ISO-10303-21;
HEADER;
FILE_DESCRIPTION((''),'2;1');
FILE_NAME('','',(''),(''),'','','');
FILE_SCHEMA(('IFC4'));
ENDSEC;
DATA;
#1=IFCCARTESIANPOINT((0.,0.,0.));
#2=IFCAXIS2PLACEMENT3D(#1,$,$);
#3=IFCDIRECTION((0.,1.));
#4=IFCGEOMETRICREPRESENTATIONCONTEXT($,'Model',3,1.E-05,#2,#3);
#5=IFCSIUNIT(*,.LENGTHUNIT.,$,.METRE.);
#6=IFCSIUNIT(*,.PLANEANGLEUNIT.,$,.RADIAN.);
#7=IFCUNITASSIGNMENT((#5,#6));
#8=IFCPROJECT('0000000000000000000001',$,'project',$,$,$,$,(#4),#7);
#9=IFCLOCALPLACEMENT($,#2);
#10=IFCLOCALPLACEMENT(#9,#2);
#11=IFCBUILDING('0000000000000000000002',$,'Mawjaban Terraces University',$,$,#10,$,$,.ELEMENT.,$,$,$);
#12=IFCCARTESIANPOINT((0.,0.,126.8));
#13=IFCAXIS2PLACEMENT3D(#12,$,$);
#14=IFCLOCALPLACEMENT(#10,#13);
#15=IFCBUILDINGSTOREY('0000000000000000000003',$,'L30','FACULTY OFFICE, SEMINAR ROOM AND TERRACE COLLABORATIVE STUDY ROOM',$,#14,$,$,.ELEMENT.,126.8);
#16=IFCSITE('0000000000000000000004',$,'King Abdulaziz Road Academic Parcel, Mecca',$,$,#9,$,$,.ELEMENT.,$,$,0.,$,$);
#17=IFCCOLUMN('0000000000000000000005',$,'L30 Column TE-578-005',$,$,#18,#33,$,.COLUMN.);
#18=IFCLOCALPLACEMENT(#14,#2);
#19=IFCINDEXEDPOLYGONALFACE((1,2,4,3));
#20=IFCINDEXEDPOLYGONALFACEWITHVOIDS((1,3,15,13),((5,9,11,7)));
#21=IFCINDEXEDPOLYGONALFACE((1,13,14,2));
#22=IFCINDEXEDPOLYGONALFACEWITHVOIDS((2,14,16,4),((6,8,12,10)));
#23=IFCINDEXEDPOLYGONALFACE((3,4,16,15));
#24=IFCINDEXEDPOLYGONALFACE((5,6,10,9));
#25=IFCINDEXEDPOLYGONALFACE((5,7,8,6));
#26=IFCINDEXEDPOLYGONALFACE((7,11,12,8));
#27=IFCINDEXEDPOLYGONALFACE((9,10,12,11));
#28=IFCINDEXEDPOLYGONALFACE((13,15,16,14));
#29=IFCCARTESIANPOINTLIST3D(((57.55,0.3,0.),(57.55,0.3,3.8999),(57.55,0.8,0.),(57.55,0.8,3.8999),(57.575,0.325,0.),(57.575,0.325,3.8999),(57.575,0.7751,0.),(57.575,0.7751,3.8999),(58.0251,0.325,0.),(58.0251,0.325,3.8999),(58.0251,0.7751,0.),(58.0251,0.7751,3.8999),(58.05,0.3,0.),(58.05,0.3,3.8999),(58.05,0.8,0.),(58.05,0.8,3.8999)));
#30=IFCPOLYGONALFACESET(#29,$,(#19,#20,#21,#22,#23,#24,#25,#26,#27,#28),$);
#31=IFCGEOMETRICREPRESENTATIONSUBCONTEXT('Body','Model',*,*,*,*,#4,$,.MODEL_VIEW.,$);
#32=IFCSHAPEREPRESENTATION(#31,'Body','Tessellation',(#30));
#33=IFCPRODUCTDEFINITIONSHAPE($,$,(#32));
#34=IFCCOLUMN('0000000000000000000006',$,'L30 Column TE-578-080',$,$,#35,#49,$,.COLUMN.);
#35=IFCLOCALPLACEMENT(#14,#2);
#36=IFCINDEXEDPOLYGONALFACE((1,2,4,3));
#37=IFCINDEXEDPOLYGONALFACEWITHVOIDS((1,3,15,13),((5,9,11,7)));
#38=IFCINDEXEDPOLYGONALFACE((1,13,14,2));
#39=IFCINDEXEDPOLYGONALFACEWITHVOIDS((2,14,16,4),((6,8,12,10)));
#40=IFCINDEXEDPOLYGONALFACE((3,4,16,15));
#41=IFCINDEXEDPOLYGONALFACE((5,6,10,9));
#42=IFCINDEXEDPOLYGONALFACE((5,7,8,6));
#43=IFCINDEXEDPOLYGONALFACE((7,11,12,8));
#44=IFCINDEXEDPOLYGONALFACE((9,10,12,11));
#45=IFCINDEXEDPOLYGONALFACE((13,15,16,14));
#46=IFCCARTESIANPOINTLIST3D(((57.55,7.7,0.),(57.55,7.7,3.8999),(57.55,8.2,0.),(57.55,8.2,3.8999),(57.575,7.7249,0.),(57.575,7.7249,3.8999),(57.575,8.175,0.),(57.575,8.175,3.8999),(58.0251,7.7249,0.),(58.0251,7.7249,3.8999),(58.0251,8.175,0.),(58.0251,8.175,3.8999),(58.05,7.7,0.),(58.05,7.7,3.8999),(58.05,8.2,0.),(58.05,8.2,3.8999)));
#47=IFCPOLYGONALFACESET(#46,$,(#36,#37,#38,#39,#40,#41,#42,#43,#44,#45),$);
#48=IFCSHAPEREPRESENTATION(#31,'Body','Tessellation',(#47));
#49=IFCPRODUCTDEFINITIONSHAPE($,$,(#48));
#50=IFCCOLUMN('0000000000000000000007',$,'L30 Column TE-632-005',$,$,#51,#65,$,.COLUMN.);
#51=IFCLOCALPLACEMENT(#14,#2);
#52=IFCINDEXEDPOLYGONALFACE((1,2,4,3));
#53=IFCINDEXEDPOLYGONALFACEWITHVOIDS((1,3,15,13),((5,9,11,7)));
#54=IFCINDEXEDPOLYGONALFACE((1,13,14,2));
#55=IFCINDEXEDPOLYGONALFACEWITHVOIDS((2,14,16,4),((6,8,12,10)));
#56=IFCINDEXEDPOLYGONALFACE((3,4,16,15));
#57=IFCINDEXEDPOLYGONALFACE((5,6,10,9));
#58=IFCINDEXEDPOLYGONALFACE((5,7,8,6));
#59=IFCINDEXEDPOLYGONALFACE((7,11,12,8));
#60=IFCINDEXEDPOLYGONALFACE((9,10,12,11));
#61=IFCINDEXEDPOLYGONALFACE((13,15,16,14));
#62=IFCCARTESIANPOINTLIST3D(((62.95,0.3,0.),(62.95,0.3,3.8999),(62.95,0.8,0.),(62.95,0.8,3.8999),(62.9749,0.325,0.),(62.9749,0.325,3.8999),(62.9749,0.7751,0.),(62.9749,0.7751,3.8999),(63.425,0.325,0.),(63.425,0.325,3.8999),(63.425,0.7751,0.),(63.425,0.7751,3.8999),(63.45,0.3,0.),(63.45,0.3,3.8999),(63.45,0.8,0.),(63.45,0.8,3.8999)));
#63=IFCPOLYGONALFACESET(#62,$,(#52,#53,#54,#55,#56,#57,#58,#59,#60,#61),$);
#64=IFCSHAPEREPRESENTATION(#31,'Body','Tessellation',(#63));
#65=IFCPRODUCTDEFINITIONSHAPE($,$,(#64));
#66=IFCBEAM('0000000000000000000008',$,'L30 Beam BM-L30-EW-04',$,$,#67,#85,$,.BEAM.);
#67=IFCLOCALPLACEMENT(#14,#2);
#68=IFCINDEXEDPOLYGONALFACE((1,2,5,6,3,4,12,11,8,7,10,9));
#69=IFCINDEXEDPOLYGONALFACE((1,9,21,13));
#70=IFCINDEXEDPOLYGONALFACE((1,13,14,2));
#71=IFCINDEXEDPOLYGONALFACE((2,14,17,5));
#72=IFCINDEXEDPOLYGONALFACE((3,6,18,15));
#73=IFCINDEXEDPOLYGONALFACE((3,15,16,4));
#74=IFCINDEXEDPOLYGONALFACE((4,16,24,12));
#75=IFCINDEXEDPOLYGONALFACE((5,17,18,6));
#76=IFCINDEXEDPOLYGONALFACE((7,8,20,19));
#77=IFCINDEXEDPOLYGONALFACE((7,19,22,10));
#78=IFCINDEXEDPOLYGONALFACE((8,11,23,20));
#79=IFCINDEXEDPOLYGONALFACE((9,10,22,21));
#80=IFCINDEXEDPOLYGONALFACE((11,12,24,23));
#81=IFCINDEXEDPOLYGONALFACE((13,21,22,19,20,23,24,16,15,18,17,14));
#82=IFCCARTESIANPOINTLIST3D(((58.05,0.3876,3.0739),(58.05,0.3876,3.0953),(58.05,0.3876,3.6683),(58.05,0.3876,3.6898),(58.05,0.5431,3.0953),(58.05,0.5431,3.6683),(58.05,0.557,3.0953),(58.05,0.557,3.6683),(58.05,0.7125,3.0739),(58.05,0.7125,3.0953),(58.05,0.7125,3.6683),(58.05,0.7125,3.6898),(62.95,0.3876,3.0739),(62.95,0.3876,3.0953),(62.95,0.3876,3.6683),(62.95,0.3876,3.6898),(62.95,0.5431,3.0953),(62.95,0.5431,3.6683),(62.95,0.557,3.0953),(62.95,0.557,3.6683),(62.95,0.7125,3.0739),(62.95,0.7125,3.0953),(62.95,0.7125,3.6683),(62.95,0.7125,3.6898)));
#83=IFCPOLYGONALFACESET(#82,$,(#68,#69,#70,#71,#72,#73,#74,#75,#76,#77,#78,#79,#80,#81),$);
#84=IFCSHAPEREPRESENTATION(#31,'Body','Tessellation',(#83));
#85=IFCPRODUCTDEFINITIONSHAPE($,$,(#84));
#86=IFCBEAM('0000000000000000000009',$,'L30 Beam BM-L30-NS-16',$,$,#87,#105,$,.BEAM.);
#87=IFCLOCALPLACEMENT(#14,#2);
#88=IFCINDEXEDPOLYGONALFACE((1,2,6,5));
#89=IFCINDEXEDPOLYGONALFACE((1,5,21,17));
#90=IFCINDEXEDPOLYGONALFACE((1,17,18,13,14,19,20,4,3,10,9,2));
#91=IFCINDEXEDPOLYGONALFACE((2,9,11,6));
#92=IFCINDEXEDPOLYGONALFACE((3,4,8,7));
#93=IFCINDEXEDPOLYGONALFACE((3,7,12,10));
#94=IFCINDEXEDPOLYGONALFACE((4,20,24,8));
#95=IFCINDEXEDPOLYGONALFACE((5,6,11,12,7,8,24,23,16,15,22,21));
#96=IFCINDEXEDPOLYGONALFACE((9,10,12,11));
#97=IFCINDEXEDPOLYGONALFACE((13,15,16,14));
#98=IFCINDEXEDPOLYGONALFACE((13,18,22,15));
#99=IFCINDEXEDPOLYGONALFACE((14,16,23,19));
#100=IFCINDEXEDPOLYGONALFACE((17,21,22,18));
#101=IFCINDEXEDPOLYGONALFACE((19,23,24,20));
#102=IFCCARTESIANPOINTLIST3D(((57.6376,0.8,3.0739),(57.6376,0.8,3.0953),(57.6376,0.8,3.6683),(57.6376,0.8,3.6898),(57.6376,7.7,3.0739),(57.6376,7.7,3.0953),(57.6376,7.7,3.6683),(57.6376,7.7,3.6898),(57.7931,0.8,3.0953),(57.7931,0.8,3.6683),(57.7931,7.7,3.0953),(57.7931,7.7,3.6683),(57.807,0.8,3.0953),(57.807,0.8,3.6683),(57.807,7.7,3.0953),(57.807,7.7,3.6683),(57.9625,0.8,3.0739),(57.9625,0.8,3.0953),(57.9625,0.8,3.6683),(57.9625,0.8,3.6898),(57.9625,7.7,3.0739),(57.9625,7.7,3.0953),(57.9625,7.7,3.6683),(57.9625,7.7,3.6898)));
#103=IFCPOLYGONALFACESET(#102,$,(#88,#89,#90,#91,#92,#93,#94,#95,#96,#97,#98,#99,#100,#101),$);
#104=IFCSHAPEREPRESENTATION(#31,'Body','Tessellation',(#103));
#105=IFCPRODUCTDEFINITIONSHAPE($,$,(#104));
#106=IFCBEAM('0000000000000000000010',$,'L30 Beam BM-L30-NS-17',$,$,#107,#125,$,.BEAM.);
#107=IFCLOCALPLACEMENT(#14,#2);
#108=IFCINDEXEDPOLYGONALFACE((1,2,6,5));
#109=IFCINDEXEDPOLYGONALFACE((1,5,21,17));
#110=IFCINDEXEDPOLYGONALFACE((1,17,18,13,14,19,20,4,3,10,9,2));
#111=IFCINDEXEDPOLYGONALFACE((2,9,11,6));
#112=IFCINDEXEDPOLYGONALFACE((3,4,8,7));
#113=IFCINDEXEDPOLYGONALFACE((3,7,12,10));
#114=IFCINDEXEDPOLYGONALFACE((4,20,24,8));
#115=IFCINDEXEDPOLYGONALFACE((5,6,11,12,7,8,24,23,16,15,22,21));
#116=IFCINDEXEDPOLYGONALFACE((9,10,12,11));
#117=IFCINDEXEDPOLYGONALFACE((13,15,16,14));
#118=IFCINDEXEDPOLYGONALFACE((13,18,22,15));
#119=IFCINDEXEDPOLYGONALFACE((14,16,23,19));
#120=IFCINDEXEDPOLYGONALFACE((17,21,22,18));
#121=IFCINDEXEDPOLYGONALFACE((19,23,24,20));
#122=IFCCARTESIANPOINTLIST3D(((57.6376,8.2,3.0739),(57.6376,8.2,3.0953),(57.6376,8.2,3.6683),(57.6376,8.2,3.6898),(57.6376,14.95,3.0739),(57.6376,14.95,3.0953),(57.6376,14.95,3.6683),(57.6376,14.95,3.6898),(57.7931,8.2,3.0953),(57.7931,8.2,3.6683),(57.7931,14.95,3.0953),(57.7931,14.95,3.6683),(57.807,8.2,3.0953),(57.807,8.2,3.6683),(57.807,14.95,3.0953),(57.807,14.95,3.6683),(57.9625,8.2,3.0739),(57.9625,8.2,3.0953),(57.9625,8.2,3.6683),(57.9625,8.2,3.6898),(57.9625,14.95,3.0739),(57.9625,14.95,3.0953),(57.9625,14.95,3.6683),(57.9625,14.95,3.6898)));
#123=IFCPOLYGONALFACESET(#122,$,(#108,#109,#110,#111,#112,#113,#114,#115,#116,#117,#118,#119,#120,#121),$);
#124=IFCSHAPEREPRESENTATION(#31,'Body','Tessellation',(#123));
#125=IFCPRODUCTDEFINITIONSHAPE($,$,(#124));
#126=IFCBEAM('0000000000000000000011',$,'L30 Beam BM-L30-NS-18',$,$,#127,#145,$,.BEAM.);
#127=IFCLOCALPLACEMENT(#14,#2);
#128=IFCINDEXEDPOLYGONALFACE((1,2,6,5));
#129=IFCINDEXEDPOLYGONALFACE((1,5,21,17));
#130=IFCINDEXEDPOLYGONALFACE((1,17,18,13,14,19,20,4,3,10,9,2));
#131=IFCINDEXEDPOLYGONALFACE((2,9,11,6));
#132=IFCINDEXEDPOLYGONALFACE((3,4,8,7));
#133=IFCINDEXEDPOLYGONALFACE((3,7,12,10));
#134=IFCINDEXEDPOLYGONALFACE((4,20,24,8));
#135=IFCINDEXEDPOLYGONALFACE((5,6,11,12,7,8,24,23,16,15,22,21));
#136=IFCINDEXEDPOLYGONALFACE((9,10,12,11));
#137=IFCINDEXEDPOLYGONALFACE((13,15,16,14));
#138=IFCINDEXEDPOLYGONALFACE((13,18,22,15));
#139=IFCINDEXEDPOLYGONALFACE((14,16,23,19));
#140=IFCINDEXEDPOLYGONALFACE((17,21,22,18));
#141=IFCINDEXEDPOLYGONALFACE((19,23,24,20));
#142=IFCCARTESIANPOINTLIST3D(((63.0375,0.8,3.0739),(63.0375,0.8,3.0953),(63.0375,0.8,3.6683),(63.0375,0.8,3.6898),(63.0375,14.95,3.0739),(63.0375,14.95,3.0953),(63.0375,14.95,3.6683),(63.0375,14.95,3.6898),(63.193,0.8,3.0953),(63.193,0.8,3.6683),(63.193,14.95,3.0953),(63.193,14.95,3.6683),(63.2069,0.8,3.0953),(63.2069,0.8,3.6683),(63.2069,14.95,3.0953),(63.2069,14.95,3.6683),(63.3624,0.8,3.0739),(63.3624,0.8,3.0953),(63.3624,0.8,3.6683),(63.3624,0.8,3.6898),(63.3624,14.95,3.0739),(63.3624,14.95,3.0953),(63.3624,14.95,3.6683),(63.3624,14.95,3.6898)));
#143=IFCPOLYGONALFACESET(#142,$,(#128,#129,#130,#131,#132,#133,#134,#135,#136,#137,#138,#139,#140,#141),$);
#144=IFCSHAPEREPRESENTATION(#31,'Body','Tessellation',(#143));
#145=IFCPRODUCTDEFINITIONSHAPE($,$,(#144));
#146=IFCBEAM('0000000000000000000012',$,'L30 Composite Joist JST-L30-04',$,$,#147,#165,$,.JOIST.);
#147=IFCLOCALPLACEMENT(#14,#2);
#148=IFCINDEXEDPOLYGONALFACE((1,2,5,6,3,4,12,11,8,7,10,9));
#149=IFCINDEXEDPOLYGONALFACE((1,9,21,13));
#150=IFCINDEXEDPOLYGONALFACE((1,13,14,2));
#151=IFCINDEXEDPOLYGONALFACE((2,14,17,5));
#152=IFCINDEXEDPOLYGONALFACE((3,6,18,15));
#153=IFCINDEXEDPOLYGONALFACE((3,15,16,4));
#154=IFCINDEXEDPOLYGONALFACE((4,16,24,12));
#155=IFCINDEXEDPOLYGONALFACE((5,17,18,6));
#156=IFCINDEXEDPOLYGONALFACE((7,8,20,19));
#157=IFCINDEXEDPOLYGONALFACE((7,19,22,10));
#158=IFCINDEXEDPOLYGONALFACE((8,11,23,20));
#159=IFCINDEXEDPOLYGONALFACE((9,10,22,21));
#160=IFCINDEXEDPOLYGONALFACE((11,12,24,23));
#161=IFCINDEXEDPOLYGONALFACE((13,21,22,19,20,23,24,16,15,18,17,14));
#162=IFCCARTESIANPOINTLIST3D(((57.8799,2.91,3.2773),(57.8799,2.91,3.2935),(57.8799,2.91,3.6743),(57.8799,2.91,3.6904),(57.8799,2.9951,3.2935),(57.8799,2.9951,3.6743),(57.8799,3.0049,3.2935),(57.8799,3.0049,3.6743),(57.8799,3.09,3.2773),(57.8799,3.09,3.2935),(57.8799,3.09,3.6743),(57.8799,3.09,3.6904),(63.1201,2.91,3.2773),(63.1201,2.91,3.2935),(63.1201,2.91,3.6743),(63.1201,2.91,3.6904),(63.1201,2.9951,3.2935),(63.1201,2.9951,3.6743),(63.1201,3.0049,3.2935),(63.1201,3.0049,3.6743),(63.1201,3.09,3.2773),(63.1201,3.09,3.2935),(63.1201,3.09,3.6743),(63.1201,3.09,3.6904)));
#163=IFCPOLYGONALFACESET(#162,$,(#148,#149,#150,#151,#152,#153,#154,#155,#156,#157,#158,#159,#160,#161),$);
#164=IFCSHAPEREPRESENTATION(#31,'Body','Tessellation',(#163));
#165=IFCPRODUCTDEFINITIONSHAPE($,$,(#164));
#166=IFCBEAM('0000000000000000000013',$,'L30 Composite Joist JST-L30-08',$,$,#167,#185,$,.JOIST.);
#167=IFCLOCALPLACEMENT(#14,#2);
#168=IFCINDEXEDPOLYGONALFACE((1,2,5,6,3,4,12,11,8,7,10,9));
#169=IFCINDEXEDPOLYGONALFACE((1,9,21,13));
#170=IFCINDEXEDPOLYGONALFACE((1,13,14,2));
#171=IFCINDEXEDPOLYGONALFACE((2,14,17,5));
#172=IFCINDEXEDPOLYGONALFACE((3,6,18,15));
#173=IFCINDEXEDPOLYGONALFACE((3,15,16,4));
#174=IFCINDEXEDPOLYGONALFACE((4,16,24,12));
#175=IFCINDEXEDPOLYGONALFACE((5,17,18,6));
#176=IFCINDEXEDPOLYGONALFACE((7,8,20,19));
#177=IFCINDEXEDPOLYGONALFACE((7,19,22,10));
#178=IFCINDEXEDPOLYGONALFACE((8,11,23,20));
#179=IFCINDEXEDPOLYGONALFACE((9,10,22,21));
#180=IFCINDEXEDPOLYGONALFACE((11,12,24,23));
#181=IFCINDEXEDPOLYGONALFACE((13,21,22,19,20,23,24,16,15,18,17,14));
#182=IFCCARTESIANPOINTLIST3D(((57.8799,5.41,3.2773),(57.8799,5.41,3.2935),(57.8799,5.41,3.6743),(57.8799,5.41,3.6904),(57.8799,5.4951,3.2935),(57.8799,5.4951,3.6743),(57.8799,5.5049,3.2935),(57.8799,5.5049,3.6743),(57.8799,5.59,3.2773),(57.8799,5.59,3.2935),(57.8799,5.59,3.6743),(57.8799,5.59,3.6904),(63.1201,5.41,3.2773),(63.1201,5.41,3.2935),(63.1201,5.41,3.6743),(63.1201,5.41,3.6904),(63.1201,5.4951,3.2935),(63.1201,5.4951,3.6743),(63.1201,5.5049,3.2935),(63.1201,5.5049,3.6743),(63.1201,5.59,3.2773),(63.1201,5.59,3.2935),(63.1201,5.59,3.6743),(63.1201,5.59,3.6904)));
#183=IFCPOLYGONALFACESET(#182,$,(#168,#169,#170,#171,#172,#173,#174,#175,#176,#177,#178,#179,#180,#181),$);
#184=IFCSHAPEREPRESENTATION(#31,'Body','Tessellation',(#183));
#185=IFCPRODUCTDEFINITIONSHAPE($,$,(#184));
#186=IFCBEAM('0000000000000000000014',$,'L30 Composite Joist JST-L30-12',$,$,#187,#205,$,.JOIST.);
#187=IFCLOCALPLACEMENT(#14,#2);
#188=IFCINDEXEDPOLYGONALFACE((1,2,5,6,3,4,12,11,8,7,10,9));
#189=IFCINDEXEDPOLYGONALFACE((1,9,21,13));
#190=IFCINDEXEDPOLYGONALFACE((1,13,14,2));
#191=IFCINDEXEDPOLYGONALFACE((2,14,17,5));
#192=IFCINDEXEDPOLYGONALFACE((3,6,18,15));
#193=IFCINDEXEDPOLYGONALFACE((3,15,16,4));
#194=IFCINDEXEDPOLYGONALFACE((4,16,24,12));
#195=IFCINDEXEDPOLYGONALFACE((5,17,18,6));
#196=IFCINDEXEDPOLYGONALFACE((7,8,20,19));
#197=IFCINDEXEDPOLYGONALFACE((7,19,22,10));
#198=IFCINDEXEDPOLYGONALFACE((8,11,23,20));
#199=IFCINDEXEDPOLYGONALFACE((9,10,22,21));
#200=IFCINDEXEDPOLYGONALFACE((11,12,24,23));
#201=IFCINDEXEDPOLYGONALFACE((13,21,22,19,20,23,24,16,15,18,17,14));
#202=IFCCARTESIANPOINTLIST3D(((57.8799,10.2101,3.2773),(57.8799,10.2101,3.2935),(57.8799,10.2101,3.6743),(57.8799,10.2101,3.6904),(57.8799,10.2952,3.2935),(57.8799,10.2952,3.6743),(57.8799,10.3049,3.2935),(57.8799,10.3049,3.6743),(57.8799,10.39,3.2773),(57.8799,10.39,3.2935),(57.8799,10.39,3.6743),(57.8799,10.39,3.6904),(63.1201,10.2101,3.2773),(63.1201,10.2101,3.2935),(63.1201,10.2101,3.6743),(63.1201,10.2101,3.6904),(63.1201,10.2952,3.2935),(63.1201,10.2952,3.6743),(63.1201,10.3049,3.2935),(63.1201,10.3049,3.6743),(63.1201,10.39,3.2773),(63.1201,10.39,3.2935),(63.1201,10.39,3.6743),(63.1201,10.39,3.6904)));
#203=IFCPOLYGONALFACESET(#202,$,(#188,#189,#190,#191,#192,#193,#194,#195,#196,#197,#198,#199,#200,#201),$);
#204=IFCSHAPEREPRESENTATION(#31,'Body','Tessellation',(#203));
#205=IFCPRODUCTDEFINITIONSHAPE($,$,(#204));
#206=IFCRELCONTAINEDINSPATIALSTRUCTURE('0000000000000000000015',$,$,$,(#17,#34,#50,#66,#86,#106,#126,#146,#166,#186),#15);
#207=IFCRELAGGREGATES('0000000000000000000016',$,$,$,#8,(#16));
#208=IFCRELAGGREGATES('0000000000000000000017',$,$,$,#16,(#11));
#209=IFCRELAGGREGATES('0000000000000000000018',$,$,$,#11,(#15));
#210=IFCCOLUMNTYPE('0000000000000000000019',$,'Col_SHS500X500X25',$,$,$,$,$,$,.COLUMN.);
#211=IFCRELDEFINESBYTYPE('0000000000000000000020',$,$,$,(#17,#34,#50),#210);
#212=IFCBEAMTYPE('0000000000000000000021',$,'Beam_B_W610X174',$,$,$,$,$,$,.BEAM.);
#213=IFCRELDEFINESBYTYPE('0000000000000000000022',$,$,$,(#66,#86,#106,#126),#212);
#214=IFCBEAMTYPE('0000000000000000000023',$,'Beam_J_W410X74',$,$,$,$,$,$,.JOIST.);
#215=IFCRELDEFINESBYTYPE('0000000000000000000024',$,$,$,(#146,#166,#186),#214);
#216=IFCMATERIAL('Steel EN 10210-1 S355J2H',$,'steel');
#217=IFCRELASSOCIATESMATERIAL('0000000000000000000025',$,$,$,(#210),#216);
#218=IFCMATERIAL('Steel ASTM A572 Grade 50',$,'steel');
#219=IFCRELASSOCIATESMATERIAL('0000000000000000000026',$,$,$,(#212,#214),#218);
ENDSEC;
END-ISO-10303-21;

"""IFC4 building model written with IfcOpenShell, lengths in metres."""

from ifc_helpers import new_model, si_unit, direction, frame, origin, origin_2d, place, context, subcontext, project, spatial, hollow_rectangle, i_section, extrude, material, material_profile, profile_set, type_object, element, save


model = new_model("IFC4")

# Units and contexts
model_context = context("Model", 3, precision=1e-05, world=origin(), true_north=direction((0.0, 1.0)))
body_context = subcontext(model_context, "Body", "Model", "MODEL_VIEW")
ifc_project = project(units=[si_unit("LENGTHUNIT", "METRE"), si_unit("PLANEANGLEUNIT", "RADIAN")], contexts=[model_context])

# Site, building, storey
site_placement = place(None, origin())
site = spatial("IfcSite", under=ifc_project, at=site_placement, Name="King Abdulaziz Road Academic Parcel, Mecca", CompositionType="ELEMENT", RefElevation=0.0)
building_placement = place(site_placement, origin())
building = spatial("IfcBuilding", under=site, at=building_placement, Name="Mawjaban Terraces University", CompositionType="ELEMENT")
storey_placement = place(building_placement, frame((0.0, 0.0, 126.8)))
storey = spatial("IfcBuildingStorey", under=building, at=storey_placement, Name="L30", Description="FACULTY OFFICE, SEMINAR ROOM AND TERRACE COLLABORATIVE STUDY ROOM", CompositionType="ELEMENT", Elevation=126.8)

# Columns
ifc_material_1 = material(Name="Steel EN 10210-1 S355J2H", Category="steel")
ifc_material_profile_1 = material_profile(ifc_material_1, hollow_rectangle(XDim=0.5, YDim=0.5, WallThickness=0.0249, at=origin_2d()), Name="SHS500X500X25")
ifc_profile_set_1 = profile_set([ifc_material_profile_1], Name="Steel EN 10210-1 S355J2H")
column_type = type_object("IfcColumnType", Name="Col_SHS500X500X25", PredefinedType="COLUMN", material=ifc_profile_set_1)
for number, where, z_axis, x_axis, name in (
    (1, (57.8, 0.55, 0.0), (0.0, 0.0, 1.0), (1.0, 0.0, 0.0), "L30 Column TE-578-005"),
    (2, (57.8, 7.95, 0.0), (0.0, 0.0, 1.0), (1.0, 0.0, 0.0), "L30 Column TE-578-080"),
    (3, (63.2, 0.55, 0.0), (0.0, 0.0, 1.0), (1.0, 0.0, 0.0), "L30 Column TE-632-005"),
):
    element("IfcColumn", number, at=place(storey_placement, frame(where, z_axis=z_axis, x_axis=x_axis)), inside=storey, type_object=column_type, Name=name, PredefinedType="COLUMN", context=body_context, shape_type="SweptSolid", body=[
        extrude(hollow_rectangle(XDim=0.5, YDim=0.5, WallThickness=0.0249, at=origin_2d()), origin(), (0.0, 0.0, 1.0), 3.8999),
    ])

# Beams
ifc_material_2 = material(Name="Steel ASTM A572 Grade 50", Category="steel")
ifc_material_profile_2 = material_profile(ifc_material_2, i_section(OverallWidth=0.325, OverallDepth=0.616, WebThickness=0.0139, FlangeThickness=0.0215, at=origin_2d()), Name="W610X174")
ifc_profile_set_2 = profile_set([ifc_material_profile_2], Name="Steel ASTM A572 Grade 50")
beam_type_1 = type_object("IfcBeamType", Name="Beam_B_W610X174", PredefinedType="BEAM", material=ifc_profile_set_2)
beam_1_placement = place(storey_placement, frame((58.05, 0.55, 3.3818), z_axis=(1.0, 0.0, 0.0), x_axis=(0.0, 1.0, 0.0)))
element("IfcBeam", 4, at=beam_1_placement, inside=storey, type_object=beam_type_1, Name="L30 Beam BM-L30-EW-04", PredefinedType="BEAM", context=body_context, shape_type="SweptSolid", body=[
    extrude(i_section(OverallWidth=0.325, OverallDepth=0.616, WebThickness=0.0139, FlangeThickness=0.0215, at=origin_2d()), origin(), (0.0, 0.0, 1.0), 4.8999),
])
beam_2_placement = place(storey_placement, frame((57.8, 0.8, 3.3818), z_axis=(0.0, 1.0, 0.0), x_axis=(-1.0, 0.0, 0.0)))
element("IfcBeam", 5, at=beam_2_placement, inside=storey, type_object=beam_type_1, Name="L30 Beam BM-L30-NS-16", PredefinedType="BEAM", context=body_context, shape_type="SweptSolid", body=[
    extrude(i_section(OverallWidth=0.325, OverallDepth=0.616, WebThickness=0.0139, FlangeThickness=0.0215, at=origin_2d()), origin(), (0.0, 0.0, 1.0), 6.8999),
])
beam_3_placement = place(storey_placement, frame((57.8, 8.2, 3.3818), z_axis=(0.0, 1.0, 0.0), x_axis=(-1.0, 0.0, 0.0)))
element("IfcBeam", 6, at=beam_3_placement, inside=storey, type_object=beam_type_1, Name="L30 Beam BM-L30-NS-17", PredefinedType="BEAM", context=body_context, shape_type="SweptSolid", body=[
    extrude(i_section(OverallWidth=0.325, OverallDepth=0.616, WebThickness=0.0139, FlangeThickness=0.0215, at=origin_2d()), origin(), (0.0, 0.0, 1.0), 6.75),
])
beam_4_placement = place(storey_placement, frame((63.2, 0.8, 3.3818), z_axis=(0.0, 1.0, 0.0), x_axis=(-1.0, 0.0, 0.0)))
element("IfcBeam", 7, at=beam_4_placement, inside=storey, type_object=beam_type_1, Name="L30 Beam BM-L30-NS-18", PredefinedType="BEAM", context=body_context, shape_type="SweptSolid", body=[
    extrude(i_section(OverallWidth=0.325, OverallDepth=0.616, WebThickness=0.0139, FlangeThickness=0.0215, at=origin_2d()), origin(), (0.0, 0.0, 1.0), 14.1499),
])
ifc_material_profile_3 = material_profile(ifc_material_2, i_section(OverallWidth=0.1799, OverallDepth=0.4131, WebThickness=0.0098, FlangeThickness=0.0161, at=origin_2d()), Name="W410X74")
ifc_profile_set_3 = profile_set([ifc_material_profile_3], Name="Steel ASTM A572 Grade 50")
beam_type_2 = type_object("IfcBeamType", Name="Beam_J_W410X74", PredefinedType="JOIST", material=ifc_profile_set_3)
for number, where, z_axis, x_axis, name in (
    (8, (57.8799, 3.0, 3.4839), (1.0, 0.0, 0.0), (0.0, 1.0, 0.0), "L30 Composite Joist JST-L30-04"),
    (9, (57.8799, 5.5, 3.4839), (1.0, 0.0, 0.0), (0.0, 1.0, 0.0), "L30 Composite Joist JST-L30-08"),
    (10, (57.8799, 10.3, 3.4839), (1.0, 0.0, 0.0), (0.0, 1.0, 0.0), "L30 Composite Joist JST-L30-12"),
):
    element("IfcBeam", number, at=place(storey_placement, frame(where, z_axis=z_axis, x_axis=x_axis)), inside=storey, type_object=beam_type_2, Name=name, PredefinedType="JOIST", context=body_context, shape_type="SweptSolid", body=[
        extrude(i_section(OverallWidth=0.1799, OverallDepth=0.4131, WebThickness=0.0098, FlangeThickness=0.0161, at=origin_2d()), origin(), (0.0, 0.0, 1.0), 5.2402),
    ])

save(model, "model.ifc")
